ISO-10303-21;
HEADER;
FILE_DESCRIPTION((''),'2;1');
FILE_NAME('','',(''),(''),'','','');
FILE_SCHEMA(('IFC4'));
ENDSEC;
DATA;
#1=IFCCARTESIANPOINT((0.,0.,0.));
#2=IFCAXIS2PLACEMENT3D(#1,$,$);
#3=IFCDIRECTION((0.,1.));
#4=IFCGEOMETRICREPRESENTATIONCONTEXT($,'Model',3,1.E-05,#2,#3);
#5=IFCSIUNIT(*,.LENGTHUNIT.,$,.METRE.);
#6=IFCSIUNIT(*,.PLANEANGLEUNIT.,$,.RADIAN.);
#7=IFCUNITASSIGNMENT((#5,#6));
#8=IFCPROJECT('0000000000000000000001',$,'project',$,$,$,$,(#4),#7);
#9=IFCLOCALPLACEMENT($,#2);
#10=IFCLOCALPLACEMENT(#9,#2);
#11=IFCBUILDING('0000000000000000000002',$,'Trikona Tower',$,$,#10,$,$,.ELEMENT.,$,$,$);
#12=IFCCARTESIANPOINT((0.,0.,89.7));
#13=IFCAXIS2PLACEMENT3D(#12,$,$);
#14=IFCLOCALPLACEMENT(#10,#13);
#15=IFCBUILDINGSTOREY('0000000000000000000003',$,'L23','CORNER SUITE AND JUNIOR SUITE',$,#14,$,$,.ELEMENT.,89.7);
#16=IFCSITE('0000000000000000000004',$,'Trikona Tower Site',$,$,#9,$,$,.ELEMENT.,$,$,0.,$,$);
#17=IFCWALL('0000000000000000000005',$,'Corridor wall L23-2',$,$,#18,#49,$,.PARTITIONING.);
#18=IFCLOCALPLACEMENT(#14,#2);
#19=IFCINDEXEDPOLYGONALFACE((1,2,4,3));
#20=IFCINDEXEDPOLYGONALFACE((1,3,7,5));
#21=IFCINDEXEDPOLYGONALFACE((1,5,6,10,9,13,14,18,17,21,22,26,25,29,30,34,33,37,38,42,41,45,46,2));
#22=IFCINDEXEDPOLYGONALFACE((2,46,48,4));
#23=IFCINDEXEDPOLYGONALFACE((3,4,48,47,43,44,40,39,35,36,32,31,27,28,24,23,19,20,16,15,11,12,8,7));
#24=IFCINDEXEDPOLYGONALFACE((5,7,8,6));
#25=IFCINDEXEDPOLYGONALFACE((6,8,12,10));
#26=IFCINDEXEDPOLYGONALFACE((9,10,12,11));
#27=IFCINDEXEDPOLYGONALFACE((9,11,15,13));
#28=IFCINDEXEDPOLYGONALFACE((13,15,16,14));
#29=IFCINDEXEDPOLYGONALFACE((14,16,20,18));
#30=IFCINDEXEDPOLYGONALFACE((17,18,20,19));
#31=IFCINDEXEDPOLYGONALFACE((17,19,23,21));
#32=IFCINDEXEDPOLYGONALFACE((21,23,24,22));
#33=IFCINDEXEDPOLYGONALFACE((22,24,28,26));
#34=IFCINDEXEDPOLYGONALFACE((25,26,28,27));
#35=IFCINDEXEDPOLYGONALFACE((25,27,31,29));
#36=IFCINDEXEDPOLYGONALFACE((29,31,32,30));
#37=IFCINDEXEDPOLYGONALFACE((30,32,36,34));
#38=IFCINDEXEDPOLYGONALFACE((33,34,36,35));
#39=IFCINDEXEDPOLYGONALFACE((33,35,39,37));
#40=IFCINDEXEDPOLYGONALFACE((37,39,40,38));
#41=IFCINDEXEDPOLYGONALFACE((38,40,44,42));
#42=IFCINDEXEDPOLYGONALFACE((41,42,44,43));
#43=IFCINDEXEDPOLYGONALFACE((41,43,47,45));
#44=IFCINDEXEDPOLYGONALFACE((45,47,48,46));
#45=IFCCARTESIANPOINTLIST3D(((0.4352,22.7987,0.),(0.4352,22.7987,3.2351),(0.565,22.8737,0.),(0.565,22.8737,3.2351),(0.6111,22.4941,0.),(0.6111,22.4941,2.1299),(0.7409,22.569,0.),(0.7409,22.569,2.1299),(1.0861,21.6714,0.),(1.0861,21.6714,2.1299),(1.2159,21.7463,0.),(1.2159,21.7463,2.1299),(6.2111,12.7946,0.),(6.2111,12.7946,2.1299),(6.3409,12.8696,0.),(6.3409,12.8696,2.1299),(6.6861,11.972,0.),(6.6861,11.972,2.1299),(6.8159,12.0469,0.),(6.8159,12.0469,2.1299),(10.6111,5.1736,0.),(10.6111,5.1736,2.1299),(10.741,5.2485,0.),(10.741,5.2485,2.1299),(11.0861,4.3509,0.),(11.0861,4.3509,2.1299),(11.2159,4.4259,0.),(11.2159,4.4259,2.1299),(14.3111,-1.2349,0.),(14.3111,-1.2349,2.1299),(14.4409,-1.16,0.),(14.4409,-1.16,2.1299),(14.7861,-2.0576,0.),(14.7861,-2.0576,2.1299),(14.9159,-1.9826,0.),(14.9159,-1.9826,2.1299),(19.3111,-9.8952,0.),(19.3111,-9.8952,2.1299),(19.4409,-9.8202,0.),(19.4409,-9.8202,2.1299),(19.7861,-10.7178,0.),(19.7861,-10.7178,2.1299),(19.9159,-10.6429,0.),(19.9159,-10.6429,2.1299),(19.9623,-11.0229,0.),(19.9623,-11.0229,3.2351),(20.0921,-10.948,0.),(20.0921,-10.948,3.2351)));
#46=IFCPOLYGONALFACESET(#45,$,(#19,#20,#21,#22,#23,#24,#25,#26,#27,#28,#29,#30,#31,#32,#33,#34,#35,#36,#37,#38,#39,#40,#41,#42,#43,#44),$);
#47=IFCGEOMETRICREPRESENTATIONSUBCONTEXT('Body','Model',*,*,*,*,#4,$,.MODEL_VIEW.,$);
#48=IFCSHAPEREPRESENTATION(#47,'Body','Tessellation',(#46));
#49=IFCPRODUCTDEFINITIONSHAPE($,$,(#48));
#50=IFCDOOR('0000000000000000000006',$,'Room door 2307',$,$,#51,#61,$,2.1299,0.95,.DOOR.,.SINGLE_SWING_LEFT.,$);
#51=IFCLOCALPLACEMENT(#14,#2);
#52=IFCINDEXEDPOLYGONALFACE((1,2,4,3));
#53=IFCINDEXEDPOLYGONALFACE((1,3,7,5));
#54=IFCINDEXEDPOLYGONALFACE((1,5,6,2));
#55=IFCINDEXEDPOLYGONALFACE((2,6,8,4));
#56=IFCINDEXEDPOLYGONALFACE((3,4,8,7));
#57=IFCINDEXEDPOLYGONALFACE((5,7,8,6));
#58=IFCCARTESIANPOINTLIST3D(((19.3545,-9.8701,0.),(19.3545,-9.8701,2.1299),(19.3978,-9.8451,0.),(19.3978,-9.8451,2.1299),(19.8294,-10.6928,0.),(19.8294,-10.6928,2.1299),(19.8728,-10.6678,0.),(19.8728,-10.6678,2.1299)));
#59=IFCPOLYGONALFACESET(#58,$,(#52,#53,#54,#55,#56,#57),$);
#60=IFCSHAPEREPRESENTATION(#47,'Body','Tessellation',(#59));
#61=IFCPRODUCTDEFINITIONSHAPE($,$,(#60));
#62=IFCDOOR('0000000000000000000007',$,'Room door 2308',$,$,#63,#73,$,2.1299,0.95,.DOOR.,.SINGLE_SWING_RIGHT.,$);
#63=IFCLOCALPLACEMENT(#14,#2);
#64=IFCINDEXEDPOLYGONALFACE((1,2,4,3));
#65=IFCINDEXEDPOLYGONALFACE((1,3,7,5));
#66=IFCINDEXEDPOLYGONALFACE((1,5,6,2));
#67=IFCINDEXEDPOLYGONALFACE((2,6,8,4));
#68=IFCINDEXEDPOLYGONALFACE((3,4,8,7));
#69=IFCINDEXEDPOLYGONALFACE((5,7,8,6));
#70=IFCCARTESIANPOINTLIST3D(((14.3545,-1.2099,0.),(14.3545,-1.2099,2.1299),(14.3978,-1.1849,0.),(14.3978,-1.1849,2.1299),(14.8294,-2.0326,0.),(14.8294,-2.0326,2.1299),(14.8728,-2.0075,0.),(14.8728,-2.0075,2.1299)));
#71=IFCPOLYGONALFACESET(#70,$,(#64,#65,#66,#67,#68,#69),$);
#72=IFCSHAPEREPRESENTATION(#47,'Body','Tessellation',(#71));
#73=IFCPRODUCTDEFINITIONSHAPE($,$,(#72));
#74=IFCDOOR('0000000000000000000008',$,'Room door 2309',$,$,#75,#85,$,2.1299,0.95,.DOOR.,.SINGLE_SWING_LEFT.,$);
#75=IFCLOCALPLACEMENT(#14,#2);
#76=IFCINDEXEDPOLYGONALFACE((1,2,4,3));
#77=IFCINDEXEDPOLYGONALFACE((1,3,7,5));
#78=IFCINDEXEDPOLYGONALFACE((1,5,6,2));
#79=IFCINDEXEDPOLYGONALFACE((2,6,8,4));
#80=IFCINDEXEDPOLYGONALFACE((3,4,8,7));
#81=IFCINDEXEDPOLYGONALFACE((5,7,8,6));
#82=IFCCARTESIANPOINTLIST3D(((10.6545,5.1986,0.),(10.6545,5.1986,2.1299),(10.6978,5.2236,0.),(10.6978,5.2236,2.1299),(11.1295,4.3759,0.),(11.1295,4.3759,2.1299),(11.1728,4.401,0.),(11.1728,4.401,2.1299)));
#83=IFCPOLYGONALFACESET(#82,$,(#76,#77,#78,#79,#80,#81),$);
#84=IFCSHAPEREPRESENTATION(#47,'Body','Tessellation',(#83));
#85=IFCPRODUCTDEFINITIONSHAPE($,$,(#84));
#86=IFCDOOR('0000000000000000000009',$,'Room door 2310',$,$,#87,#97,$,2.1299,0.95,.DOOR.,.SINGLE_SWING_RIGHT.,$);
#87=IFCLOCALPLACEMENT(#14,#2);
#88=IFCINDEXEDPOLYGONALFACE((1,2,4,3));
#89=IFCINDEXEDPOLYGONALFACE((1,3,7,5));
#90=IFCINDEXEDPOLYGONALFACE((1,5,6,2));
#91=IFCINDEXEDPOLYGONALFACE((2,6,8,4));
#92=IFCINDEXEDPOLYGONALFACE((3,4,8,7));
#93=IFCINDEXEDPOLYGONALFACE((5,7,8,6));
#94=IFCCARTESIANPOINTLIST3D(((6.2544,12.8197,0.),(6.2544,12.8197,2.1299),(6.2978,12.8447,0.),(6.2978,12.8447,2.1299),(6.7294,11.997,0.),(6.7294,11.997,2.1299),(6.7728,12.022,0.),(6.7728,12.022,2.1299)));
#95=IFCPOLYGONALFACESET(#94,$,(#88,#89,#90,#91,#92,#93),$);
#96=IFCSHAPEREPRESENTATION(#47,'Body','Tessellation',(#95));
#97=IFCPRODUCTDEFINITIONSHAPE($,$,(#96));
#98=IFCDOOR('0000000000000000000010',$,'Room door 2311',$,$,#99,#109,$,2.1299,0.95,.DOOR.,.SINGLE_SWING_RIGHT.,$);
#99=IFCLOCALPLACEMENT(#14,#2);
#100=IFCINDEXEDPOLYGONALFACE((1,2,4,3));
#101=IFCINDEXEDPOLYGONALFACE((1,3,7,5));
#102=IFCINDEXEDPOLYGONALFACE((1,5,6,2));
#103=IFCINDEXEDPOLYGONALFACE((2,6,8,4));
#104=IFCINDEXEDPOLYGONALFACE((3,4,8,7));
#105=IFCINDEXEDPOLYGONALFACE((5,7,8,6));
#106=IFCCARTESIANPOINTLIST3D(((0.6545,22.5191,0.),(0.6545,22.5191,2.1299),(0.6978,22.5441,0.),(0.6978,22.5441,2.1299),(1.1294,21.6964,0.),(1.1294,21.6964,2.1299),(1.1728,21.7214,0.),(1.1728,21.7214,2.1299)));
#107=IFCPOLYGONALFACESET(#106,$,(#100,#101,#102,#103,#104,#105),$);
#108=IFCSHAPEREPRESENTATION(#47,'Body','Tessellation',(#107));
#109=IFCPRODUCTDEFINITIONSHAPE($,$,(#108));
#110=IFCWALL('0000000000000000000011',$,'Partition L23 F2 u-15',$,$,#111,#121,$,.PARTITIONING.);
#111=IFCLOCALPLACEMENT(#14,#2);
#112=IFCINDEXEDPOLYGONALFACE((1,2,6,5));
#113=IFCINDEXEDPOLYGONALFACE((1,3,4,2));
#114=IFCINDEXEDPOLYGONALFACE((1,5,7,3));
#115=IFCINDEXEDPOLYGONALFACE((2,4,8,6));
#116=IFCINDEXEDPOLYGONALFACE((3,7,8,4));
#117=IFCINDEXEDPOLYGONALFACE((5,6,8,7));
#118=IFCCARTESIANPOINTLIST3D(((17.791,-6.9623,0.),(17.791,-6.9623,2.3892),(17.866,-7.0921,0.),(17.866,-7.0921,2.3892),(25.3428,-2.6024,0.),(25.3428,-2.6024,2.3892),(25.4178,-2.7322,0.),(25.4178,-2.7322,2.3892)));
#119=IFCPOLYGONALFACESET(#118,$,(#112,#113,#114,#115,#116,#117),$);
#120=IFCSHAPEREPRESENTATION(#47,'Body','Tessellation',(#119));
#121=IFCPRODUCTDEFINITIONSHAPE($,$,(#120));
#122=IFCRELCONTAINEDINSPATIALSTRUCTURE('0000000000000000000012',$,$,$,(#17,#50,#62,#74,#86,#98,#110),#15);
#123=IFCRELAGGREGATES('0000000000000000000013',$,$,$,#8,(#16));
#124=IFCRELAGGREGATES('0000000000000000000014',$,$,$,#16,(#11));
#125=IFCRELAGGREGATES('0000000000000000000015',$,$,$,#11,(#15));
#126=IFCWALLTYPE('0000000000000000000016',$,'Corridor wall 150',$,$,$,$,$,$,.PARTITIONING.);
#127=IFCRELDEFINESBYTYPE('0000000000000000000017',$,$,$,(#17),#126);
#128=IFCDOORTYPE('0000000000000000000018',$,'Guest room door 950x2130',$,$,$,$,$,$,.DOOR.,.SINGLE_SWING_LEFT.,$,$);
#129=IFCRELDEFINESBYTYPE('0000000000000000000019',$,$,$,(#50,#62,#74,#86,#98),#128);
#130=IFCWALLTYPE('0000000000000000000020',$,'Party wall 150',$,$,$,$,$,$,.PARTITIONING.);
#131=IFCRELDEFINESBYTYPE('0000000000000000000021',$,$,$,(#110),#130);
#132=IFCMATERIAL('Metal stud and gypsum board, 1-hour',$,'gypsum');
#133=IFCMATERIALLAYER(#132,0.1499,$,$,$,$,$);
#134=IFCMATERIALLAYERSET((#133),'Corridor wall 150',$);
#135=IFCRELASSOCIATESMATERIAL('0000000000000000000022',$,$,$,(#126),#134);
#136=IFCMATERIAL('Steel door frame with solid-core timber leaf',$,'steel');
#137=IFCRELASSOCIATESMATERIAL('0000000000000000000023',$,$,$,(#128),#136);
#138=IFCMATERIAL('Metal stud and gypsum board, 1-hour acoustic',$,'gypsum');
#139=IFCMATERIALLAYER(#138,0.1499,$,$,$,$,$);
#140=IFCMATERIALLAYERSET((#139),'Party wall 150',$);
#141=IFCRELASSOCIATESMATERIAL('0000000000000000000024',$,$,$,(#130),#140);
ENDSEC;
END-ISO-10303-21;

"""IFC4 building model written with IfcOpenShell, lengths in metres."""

from ifc_helpers import new_model, si_unit, direction, frame, frame_2d, origin, place, context, subcontext, project, spatial, rectangle, extrude, material, layer, layer_set, type_object, element, fill, save


model = new_model("IFC4")

# Units and contexts
model_context = context("Model", 3, precision=1e-05, world=origin(), true_north=direction((0.0, 1.0)))
body_context = subcontext(model_context, "Body", "Model", "MODEL_VIEW")
ifc_project = project(units=[si_unit("LENGTHUNIT", "METRE"), si_unit("PLANEANGLEUNIT", "RADIAN")], contexts=[model_context])

# Site, building, storey
site_placement = place(None, origin())
site = spatial("IfcSite", under=ifc_project, at=site_placement, Name="Trikona Tower Site", CompositionType="ELEMENT", RefElevation=0.0)
building_placement = place(site_placement, origin())
building = spatial("IfcBuilding", under=site, at=building_placement, Name="Trikona Tower", CompositionType="ELEMENT")
storey_placement = place(building_placement, frame((0.0, 0.0, 89.7)))
storey = spatial("IfcBuildingStorey", under=building, at=storey_placement, Name="L23", Description="CORNER SUITE AND JUNIOR SUITE", CompositionType="ELEMENT", Elevation=89.7)

# Wall, openings, doors
ifc_material_1 = material(Name="Metal stud and gypsum board, 1-hour", Category="gypsum")
ifc_layer_1 = layer(ifc_material_1, 0.1499)
ifc_layer_set_1 = layer_set([ifc_layer_1], Name="Corridor wall 150")
wall_type_1 = type_object("IfcWallType", Name="Corridor wall 150", PredefinedType="PARTITIONING", material=ifc_layer_set_1)
wall_1_placement = place(storey_placement, frame((20.0271, -10.9854, 0.0), z_axis=(0.0, 0.0, 1.0), x_axis=(-0.500002, 0.866024, 0.0)))
wall_1 = element("IfcWall", 1, at=wall_1_placement, inside=storey, type_object=wall_type_1, Name="Corridor wall L23-2", PredefinedType="PARTITIONING", context=body_context, shape_type="SweptSolid", body=[
    extrude(rectangle(XDim=39.054, YDim=0.1499, at=frame_2d((19.5269, 0.0))), origin(), (0.0, 0.0, 1.0), 3.2351),
])
opening_1_placement = place(wall_1_placement, frame((0.3521, 0.0, 0.0)))
opening_1 = element("IfcOpeningElement", 2, at=opening_1_placement, cuts=wall_1, PredefinedType="OPENING", context=body_context, shape_type="SweptSolid", body=[
    extrude(rectangle(XDim=0.95, YDim=2.1299, at=frame_2d((0.4751, 1.0649))), frame((0.0, 0.085, 0.0), z_axis=(0.0, -1.0, 0.0), x_axis=(1.0, 0.0, 0.0)), (0.0, 0.0, 1.0), 0.1699),
])
opening_2_placement = place(wall_1_placement, frame((10.3521, 0.0, 0.0)))
opening_2 = element("IfcOpeningElement", 3, at=opening_2_placement, cuts=wall_1, PredefinedType="OPENING", context=body_context, shape_type="SweptSolid", body=[
    extrude(rectangle(XDim=0.95, YDim=2.1299, at=frame_2d((0.4751, 1.0649))), frame((0.0, 0.085, 0.0), z_axis=(0.0, -1.0, 0.0), x_axis=(1.0, 0.0, 0.0)), (0.0, 0.0, 1.0), 0.1699),
])
opening_3_placement = place(wall_1_placement, frame((17.752, 0.0, 0.0)))
opening_3 = element("IfcOpeningElement", 4, at=opening_3_placement, cuts=wall_1, PredefinedType="OPENING", context=body_context, shape_type="SweptSolid", body=[
    extrude(rectangle(XDim=0.95, YDim=2.1299, at=frame_2d((0.4751, 1.0649))), frame((0.0, 0.085, 0.0), z_axis=(0.0, -1.0, 0.0), x_axis=(1.0, 0.0, 0.0)), (0.0, 0.0, 1.0), 0.1699),
])
opening_4_placement = place(wall_1_placement, frame((26.552, 0.0, 0.0)))
opening_4 = element("IfcOpeningElement", 5, at=opening_4_placement, cuts=wall_1, PredefinedType="OPENING", context=body_context, shape_type="SweptSolid", body=[
    extrude(rectangle(XDim=0.95, YDim=2.1299, at=frame_2d((0.4751, 1.0649))), frame((0.0, 0.085, 0.0), z_axis=(0.0, -1.0, 0.0), x_axis=(1.0, 0.0, 0.0)), (0.0, 0.0, 1.0), 0.1699),
])
opening_5_placement = place(wall_1_placement, frame((37.752, 0.0, 0.0)))
opening_5 = element("IfcOpeningElement", 6, at=opening_5_placement, cuts=wall_1, PredefinedType="OPENING", context=body_context, shape_type="SweptSolid", body=[
    extrude(rectangle(XDim=0.95, YDim=2.1299, at=frame_2d((0.4751, 1.0649))), frame((0.0, 0.085, 0.0), z_axis=(0.0, -1.0, 0.0), x_axis=(1.0, 0.0, 0.0)), (0.0, 0.0, 1.0), 0.1699),
])
ifc_material_2 = material(Name="Steel door frame with solid-core timber leaf", Category="steel")
door_type_1 = type_object("IfcDoorType", Name="Guest room door 950x2130", OperationType="SINGLE_SWING_LEFT", PredefinedType="DOOR", material=ifc_material_2)
door_1_placement = place(opening_1_placement, origin())
door_1 = element("IfcDoor", 7, at=door_1_placement, inside=storey, type_object=door_type_1, Name="Room door 2307", OperationType="SINGLE_SWING_LEFT", OverallHeight=2.1299, OverallWidth=0.95, PredefinedType="DOOR", context=body_context, shape_type="SweptSolid", body=[
    extrude(rectangle(XDim=0.95, YDim=2.1299, at=frame_2d((0.4751, 1.0649))), frame((0.0, 0.0249, 0.0), z_axis=(0.0, -1.0, 0.0), x_axis=(1.0, 0.0, 0.0)), (0.0, 0.0, 1.0), 0.05),
])
fill(opening_1, door_1)
door_2_placement = place(opening_2_placement, origin())
door_2 = element("IfcDoor", 8, at=door_2_placement, inside=storey, type_object=door_type_1, Name="Room door 2308", OperationType="SINGLE_SWING_RIGHT", OverallHeight=2.1299, OverallWidth=0.95, PredefinedType="DOOR", context=body_context, shape_type="SweptSolid", body=[
    extrude(rectangle(XDim=0.95, YDim=2.1299, at=frame_2d((0.4751, 1.0649))), frame((0.0, 0.0249, 0.0), z_axis=(0.0, -1.0, 0.0), x_axis=(1.0, 0.0, 0.0)), (0.0, 0.0, 1.0), 0.05),
])
fill(opening_2, door_2)
door_3_placement = place(opening_3_placement, origin())
door_3 = element("IfcDoor", 9, at=door_3_placement, inside=storey, type_object=door_type_1, Name="Room door 2309", OperationType="SINGLE_SWING_LEFT", OverallHeight=2.1299, OverallWidth=0.95, PredefinedType="DOOR", context=body_context, shape_type="SweptSolid", body=[
    extrude(rectangle(XDim=0.95, YDim=2.1299, at=frame_2d((0.4751, 1.0649))), frame((0.0, 0.0249, 0.0), z_axis=(0.0, -1.0, 0.0), x_axis=(1.0, 0.0, 0.0)), (0.0, 0.0, 1.0), 0.05),
])
fill(opening_3, door_3)
door_4_placement = place(opening_4_placement, origin())
door_4 = element("IfcDoor", 10, at=door_4_placement, inside=storey, type_object=door_type_1, Name="Room door 2310", OperationType="SINGLE_SWING_RIGHT", OverallHeight=2.1299, OverallWidth=0.95, PredefinedType="DOOR", context=body_context, shape_type="SweptSolid", body=[
    extrude(rectangle(XDim=0.95, YDim=2.1299, at=frame_2d((0.4751, 1.0649))), frame((0.0, 0.0249, 0.0), z_axis=(0.0, -1.0, 0.0), x_axis=(1.0, 0.0, 0.0)), (0.0, 0.0, 1.0), 0.05),
])
fill(opening_4, door_4)
door_5_placement = place(opening_5_placement, origin())
door_5 = element("IfcDoor", 11, at=door_5_placement, inside=storey, type_object=door_type_1, Name="Room door 2311", OperationType="SINGLE_SWING_RIGHT", OverallHeight=2.1299, OverallWidth=0.95, PredefinedType="DOOR", context=body_context, shape_type="SweptSolid", body=[
    extrude(rectangle(XDim=0.95, YDim=2.1299, at=frame_2d((0.4751, 1.0649))), frame((0.0, 0.0249, 0.0), z_axis=(0.0, -1.0, 0.0), x_axis=(1.0, 0.0, 0.0)), (0.0, 0.0, 1.0), 0.05),
])
fill(opening_5, door_5)

# Wall
ifc_material_3 = material(Name="Metal stud and gypsum board, 1-hour acoustic", Category="gypsum")
ifc_layer_2 = layer(ifc_material_3, 0.1499)
ifc_layer_set_2 = layer_set([ifc_layer_2], Name="Party wall 150")
wall_type_2 = type_object("IfcWallType", Name="Party wall 150", PredefinedType="PARTITIONING", material=ifc_layer_set_2)
wall_2_placement = place(storey_placement, frame((17.8286, -7.0271, 0.0), z_axis=(0.0, 0.0, 1.0), x_axis=(0.866033, 0.499987, 0.0)))
element("IfcWall", 12, at=wall_2_placement, inside=storey, type_object=wall_type_2, Name="Partition L23 F2 u-15", PredefinedType="PARTITIONING", context=body_context, shape_type="SweptSolid", body=[
    extrude(rectangle(XDim=8.72, YDim=0.1499, at=frame_2d((4.3599, 0.0))), origin(), (0.0, 0.0, 1.0), 2.3892),
])

save(model, "model.ifc")
